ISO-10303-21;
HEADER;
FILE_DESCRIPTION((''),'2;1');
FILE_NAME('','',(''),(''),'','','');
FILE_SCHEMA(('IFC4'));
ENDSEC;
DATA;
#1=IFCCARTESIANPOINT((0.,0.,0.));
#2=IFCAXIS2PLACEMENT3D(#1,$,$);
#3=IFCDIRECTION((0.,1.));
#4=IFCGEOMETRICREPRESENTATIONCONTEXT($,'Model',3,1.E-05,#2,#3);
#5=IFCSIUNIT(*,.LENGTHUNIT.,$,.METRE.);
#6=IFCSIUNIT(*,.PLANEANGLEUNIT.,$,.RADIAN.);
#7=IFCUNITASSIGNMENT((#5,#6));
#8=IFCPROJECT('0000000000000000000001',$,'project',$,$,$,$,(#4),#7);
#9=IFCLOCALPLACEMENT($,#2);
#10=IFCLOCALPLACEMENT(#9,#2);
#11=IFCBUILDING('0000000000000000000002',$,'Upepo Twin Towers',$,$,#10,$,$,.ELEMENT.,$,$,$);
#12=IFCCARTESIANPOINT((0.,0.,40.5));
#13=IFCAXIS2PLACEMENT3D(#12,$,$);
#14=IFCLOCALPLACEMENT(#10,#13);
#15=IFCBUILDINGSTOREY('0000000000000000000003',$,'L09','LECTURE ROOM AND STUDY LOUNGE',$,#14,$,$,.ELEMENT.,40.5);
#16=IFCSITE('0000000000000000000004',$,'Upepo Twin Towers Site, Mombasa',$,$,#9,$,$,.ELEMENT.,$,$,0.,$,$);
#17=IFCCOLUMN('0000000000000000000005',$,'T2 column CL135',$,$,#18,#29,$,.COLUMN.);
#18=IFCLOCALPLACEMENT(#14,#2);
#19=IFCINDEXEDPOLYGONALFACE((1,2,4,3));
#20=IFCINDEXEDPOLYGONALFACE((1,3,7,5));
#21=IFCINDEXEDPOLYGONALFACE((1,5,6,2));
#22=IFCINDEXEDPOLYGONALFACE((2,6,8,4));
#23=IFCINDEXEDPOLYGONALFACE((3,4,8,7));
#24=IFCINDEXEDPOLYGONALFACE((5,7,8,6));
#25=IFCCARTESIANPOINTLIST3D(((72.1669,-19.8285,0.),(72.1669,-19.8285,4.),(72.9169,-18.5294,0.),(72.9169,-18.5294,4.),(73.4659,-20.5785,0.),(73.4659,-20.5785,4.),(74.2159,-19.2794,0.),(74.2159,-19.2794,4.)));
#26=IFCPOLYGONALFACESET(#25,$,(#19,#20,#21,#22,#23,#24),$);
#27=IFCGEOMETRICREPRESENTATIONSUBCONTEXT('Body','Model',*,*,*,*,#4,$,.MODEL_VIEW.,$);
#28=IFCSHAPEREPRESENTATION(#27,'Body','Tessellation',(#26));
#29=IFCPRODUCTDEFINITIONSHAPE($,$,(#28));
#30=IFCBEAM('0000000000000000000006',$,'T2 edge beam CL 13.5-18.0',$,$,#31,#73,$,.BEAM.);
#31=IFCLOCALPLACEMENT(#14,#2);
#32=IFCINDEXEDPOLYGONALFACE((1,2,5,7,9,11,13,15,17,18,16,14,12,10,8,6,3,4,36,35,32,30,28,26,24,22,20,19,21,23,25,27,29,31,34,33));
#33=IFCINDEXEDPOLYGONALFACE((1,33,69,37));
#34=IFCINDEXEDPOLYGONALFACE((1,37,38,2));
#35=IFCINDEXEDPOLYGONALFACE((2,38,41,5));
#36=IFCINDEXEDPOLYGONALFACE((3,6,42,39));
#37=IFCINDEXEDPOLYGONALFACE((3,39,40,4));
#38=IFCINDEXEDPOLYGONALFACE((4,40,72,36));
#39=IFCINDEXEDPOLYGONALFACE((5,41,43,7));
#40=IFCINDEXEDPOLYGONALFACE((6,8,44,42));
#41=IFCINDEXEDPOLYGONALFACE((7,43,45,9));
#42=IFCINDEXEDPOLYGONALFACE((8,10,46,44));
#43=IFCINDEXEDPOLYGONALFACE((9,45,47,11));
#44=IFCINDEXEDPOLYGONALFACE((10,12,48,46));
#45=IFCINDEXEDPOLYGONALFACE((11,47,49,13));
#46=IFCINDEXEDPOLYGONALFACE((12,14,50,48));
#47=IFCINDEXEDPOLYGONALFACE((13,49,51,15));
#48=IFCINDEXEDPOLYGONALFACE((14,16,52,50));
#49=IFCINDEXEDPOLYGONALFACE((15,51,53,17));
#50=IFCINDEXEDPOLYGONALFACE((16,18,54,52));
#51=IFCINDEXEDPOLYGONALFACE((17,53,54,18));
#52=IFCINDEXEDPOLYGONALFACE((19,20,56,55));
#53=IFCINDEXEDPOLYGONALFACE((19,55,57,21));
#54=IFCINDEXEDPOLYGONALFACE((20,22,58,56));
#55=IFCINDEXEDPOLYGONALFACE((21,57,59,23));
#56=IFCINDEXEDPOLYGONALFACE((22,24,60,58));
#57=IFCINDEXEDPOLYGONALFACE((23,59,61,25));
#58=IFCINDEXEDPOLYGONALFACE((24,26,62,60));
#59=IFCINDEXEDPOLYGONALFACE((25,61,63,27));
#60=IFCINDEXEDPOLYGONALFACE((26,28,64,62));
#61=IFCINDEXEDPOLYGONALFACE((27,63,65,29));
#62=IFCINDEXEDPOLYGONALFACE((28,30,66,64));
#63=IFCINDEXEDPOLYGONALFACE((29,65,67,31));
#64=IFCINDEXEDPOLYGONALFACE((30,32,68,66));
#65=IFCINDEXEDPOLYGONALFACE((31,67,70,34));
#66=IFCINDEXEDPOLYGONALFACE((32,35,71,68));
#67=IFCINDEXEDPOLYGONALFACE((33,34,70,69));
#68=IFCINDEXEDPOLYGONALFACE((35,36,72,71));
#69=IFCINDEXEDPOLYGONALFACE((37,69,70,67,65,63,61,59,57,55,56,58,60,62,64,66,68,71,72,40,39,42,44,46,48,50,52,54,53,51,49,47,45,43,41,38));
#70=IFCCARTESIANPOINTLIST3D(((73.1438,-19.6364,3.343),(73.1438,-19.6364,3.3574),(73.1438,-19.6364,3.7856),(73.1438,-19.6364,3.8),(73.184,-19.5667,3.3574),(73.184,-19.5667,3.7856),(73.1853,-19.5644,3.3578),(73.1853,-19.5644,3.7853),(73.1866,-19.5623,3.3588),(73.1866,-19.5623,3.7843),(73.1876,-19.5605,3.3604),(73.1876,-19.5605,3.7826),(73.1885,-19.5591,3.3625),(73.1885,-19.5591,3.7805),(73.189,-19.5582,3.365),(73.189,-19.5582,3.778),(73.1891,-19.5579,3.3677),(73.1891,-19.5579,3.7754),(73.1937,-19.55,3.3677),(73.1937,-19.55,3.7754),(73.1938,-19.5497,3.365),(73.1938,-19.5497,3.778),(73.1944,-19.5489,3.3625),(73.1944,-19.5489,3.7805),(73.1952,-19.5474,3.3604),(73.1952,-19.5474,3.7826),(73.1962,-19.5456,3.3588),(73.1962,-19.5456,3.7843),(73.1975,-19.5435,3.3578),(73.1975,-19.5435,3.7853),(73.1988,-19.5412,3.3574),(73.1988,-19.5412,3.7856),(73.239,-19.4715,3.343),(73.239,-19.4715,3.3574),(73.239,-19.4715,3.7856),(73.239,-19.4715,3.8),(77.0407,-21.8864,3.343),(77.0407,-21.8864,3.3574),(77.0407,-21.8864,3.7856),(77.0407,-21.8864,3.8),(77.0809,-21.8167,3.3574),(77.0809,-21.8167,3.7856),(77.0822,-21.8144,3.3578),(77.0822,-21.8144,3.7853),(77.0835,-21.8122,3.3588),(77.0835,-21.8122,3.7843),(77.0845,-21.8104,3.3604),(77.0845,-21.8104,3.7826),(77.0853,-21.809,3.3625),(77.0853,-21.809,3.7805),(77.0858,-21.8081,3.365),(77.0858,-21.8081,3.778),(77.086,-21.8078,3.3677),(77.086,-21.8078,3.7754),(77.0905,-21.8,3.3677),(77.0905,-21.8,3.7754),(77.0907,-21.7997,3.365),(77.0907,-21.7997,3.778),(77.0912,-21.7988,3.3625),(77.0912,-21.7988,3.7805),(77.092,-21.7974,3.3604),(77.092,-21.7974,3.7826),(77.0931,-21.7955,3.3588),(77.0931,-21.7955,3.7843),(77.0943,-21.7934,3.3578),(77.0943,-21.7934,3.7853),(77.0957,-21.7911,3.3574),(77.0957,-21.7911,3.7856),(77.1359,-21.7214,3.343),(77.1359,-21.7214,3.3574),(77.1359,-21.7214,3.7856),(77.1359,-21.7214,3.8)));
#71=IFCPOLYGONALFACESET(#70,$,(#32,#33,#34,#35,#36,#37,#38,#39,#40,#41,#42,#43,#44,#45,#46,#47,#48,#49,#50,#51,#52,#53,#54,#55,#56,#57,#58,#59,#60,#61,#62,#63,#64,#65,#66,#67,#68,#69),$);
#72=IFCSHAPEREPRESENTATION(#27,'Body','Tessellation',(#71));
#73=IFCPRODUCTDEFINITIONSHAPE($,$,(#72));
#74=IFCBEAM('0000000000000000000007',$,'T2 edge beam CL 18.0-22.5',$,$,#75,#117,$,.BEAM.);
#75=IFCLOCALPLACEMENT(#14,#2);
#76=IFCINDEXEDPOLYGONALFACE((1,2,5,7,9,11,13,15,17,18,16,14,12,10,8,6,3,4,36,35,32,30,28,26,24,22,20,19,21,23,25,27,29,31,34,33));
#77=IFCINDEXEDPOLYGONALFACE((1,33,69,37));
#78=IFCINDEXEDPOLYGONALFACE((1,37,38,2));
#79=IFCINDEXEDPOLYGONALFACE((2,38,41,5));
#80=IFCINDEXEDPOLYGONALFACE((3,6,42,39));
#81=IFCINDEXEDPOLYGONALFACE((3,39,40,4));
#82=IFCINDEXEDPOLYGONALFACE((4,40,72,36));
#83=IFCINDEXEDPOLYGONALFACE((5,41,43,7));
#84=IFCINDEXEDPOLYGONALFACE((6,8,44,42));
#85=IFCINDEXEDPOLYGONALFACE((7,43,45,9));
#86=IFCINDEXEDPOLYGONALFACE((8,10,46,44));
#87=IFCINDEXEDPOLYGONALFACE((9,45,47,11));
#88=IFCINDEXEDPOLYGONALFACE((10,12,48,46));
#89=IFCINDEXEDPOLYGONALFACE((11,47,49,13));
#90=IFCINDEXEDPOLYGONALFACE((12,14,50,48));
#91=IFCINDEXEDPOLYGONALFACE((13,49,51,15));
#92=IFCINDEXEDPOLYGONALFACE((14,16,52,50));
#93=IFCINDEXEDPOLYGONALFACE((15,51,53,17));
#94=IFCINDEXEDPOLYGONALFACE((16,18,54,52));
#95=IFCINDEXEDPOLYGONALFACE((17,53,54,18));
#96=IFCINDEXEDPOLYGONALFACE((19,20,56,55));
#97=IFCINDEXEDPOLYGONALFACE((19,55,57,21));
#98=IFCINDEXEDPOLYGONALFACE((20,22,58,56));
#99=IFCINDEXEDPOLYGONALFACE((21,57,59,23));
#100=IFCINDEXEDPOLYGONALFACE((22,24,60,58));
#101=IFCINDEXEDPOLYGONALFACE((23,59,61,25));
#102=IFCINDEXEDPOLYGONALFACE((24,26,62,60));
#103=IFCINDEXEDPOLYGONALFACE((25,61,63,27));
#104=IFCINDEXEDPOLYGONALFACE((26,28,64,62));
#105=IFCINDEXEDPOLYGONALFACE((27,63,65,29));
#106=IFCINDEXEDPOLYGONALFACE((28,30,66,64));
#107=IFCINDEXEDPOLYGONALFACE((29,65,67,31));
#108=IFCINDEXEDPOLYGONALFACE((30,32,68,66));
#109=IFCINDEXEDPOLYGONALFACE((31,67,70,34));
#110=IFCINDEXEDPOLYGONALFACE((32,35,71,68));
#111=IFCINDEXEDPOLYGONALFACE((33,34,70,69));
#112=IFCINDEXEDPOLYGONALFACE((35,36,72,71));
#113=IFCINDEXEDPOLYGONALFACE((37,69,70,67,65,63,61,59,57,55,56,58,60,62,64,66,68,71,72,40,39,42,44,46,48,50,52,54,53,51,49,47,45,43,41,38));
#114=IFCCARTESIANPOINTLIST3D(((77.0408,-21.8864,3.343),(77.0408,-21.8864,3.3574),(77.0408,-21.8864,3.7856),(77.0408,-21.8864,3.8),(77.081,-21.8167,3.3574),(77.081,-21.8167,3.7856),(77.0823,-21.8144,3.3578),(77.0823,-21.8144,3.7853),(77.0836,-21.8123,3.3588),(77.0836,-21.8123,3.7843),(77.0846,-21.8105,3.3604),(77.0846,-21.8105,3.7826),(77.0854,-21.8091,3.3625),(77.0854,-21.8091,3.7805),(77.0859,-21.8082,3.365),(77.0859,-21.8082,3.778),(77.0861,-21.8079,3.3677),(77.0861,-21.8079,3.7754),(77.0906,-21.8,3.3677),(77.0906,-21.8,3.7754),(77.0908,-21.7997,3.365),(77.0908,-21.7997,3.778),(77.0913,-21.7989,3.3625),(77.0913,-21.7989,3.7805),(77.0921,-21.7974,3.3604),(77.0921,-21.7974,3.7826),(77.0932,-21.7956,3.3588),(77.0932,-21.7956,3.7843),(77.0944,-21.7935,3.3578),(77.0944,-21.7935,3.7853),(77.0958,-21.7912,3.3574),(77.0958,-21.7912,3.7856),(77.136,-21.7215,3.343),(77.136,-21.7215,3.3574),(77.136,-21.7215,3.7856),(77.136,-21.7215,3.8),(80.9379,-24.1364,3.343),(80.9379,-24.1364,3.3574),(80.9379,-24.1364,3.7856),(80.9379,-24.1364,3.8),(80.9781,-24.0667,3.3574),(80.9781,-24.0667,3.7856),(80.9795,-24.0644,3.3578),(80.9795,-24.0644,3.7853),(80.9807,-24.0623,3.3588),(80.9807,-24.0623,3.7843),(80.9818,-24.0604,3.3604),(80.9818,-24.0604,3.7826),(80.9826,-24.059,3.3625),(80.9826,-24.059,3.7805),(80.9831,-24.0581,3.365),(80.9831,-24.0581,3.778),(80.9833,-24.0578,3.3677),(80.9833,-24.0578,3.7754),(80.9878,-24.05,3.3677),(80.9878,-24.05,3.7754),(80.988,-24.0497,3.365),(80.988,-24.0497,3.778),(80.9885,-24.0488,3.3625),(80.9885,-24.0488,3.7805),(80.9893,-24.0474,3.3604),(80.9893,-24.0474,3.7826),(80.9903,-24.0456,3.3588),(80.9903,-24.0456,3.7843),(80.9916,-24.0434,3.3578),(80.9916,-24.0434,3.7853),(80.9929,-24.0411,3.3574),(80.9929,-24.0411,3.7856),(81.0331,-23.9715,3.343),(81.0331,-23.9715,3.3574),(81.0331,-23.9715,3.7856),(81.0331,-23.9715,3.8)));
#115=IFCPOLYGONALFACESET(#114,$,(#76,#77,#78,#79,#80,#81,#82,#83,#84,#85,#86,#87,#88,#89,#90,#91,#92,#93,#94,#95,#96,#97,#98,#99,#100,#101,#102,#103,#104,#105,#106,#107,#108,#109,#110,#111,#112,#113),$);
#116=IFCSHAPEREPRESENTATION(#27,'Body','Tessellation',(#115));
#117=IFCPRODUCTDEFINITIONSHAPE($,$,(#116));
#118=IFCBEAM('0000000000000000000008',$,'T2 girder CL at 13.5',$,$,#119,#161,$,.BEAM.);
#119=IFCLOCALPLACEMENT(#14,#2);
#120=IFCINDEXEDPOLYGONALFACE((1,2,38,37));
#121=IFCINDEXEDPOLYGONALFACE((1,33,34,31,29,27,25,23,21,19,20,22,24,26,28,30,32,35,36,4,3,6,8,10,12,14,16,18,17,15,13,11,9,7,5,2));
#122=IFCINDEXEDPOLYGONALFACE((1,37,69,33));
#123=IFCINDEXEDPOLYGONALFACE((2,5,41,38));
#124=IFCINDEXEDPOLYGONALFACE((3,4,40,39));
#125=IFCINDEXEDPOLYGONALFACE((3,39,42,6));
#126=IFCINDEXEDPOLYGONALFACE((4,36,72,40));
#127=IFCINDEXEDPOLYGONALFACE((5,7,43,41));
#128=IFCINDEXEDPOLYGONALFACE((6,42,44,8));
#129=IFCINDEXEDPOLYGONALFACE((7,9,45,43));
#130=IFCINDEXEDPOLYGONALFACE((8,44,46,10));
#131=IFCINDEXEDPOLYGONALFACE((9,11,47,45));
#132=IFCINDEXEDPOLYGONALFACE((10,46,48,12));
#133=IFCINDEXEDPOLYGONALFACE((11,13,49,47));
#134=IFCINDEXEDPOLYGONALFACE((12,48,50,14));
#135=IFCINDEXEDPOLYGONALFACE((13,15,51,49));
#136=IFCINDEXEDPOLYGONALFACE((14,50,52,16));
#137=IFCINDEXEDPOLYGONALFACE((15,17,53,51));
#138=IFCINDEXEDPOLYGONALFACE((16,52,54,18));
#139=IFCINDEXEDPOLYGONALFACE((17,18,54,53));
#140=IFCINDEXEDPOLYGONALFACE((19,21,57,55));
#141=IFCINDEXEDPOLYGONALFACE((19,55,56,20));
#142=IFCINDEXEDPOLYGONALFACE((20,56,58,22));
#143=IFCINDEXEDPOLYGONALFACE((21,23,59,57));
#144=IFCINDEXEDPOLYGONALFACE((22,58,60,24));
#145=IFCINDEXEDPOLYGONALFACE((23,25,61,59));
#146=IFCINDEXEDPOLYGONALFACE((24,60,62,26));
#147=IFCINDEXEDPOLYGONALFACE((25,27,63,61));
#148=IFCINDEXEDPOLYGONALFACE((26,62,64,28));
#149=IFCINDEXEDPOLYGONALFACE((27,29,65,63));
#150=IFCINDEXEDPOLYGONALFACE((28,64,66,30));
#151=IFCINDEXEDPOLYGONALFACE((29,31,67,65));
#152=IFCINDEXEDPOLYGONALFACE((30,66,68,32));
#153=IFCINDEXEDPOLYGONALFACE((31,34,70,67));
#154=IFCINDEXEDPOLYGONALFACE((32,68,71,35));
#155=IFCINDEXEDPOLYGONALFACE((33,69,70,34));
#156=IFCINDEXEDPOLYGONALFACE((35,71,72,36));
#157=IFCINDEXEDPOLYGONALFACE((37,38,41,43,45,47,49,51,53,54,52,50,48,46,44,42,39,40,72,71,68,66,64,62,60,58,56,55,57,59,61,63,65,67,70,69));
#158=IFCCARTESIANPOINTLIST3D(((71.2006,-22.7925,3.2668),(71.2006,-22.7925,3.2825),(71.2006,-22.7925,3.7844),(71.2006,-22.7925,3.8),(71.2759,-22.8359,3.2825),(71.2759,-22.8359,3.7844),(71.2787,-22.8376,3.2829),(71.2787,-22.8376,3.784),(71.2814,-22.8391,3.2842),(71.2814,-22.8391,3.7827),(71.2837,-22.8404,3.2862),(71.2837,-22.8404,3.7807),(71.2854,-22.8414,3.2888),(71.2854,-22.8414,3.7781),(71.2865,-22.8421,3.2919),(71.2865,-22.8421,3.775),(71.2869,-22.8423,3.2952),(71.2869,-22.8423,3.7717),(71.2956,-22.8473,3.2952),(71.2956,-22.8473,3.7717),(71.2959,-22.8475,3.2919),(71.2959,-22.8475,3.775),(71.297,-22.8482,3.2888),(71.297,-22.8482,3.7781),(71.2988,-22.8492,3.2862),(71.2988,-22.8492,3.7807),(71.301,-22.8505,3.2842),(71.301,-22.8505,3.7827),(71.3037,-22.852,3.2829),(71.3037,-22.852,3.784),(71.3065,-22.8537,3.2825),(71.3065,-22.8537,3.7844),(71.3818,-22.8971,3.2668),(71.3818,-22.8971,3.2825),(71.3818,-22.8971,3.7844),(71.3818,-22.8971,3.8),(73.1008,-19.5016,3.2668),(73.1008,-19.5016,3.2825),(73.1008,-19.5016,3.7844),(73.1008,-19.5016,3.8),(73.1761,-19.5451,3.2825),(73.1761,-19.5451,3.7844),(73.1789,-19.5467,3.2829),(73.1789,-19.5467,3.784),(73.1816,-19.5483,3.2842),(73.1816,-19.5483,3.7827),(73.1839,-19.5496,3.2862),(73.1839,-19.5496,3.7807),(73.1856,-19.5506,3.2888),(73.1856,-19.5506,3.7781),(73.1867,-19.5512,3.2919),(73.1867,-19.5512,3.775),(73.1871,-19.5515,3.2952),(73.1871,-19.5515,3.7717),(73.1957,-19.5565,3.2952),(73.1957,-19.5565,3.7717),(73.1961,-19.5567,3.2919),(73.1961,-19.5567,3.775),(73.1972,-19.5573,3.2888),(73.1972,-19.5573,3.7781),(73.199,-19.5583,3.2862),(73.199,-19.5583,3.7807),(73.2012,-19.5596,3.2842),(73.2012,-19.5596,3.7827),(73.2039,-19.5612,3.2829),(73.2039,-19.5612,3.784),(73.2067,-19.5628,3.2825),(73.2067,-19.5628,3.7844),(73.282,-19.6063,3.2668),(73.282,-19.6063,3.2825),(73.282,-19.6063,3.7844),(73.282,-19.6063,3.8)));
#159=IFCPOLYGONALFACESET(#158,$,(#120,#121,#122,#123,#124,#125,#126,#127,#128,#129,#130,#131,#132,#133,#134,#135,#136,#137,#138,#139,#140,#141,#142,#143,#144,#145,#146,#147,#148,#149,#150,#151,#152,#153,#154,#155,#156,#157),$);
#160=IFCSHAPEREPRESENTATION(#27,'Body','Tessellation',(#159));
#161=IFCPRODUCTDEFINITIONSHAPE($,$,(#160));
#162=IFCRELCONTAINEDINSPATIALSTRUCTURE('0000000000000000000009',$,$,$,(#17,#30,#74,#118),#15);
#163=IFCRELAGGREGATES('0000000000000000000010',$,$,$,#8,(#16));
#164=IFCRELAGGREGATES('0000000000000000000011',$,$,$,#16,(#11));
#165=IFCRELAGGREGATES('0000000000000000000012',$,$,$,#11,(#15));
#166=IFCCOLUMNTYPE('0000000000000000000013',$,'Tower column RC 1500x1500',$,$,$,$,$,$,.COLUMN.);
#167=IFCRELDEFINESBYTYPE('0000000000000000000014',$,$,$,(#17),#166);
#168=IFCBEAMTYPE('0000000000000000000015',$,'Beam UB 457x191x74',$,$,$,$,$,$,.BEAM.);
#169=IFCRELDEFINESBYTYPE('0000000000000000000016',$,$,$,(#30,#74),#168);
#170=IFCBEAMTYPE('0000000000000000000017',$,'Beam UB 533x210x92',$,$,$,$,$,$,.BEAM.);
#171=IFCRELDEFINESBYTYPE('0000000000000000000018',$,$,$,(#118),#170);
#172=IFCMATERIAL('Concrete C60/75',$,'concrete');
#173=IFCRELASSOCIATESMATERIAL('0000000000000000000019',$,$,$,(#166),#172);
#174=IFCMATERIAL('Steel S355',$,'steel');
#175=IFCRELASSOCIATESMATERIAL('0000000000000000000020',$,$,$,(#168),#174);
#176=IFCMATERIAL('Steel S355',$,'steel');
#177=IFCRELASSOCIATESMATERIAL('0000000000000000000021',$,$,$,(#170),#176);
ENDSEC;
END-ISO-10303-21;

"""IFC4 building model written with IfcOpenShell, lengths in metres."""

from ifc_helpers import new_model, si_unit, direction, frame, origin, origin_2d, place, context, subcontext, project, spatial, rectangle, i_section, extrude, material, material_profile, profile_set, type_object, element, save


model = new_model("IFC4")

# Units and contexts
model_context = context("Model", 3, precision=1e-05, world=origin(), true_north=direction((0.0, 1.0)))
body_context = subcontext(model_context, "Body", "Model", "MODEL_VIEW")
ifc_project = project(units=[si_unit("LENGTHUNIT", "METRE"), si_unit("PLANEANGLEUNIT", "RADIAN")], contexts=[model_context])

# Site, building, storey
site_placement = place(None, origin())
site = spatial("IfcSite", under=ifc_project, at=site_placement, Name="Upepo Twin Towers Site, Mombasa", CompositionType="ELEMENT", RefElevation=0.0)
building_placement = place(site_placement, origin())
building = spatial("IfcBuilding", under=site, at=building_placement, Name="Upepo Twin Towers", CompositionType="ELEMENT")
storey_placement = place(building_placement, frame((0.0, 0.0, 40.5)))
storey = spatial("IfcBuildingStorey", under=building, at=storey_placement, Name="L09", Description="LECTURE ROOM AND STUDY LOUNGE", CompositionType="ELEMENT", Elevation=40.5)

# Column
ifc_material_1 = material(Name="Concrete C60/75", Category="concrete")
ifc_material_profile_1 = material_profile(ifc_material_1, rectangle(XDim=1.5, YDim=1.5, at=origin_2d()), Name="RC 1500x1500")
ifc_profile_set_1 = profile_set([ifc_material_profile_1], Name="Concrete C60/75")
column_type = type_object("IfcColumnType", Name="Tower column RC 1500x1500", PredefinedType="COLUMN", material=ifc_profile_set_1)
column_placement = place(storey_placement, frame((73.1914, -19.554, 0.0), z_axis=(0.0, 0.0, 1.0), x_axis=(0.5, 0.866025, 0.0)))
element("IfcColumn", 1, at=column_placement, inside=storey, type_object=column_type, Name="T2 column CL135", PredefinedType="COLUMN", context=body_context, shape_type="SweptSolid", body=[
    extrude(rectangle(XDim=1.5, YDim=1.5, at=origin_2d()), origin(), (0.0, 0.0, 1.0), 4.0),
])

# Beams
ifc_material_2 = material(Name="Steel S355", Category="steel")
ifc_material_profile_2 = material_profile(ifc_material_2, i_section(OverallWidth=0.1904, OverallDepth=0.457, WebThickness=0.009, FlangeThickness=0.0144, FilletRadius=0.0103, at=origin_2d()), Name="UB 457x191x74")
ifc_profile_set_2 = profile_set([ifc_material_profile_2], Name="Steel S355")
beam_type_1 = type_object("IfcBeamType", Name="Beam UB 457x191x74", PredefinedType="BEAM", material=ifc_profile_set_2)
beam_1_placement = place(storey_placement, frame((73.1914, -19.554, 3.5715), z_axis=(0.866018, -0.500014, 0.0), x_axis=(0.500014, 0.866018, 0.0)))
element("IfcBeam", 2, at=beam_1_placement, inside=storey, type_object=beam_type_1, Name="T2 edge beam CL 13.5-18.0", PredefinedType="BEAM", context=body_context, shape_type="SweptSolid", body=[
    extrude(i_section(OverallWidth=0.1904, OverallDepth=0.457, WebThickness=0.009, FlangeThickness=0.0144, FilletRadius=0.0103, at=origin_2d()), origin(), (0.0, 0.0, 1.0), 4.4998),
])
beam_2_placement = place(storey_placement, frame((77.0884, -21.804, 3.5715), z_axis=(0.866031, -0.49999, 0.0), x_axis=(0.49999, 0.866031, 0.0)))
element("IfcBeam", 3, at=beam_2_placement, inside=storey, type_object=beam_type_1, Name="T2 edge beam CL 18.0-22.5", PredefinedType="BEAM", context=body_context, shape_type="SweptSolid", body=[
    extrude(i_section(OverallWidth=0.1904, OverallDepth=0.457, WebThickness=0.009, FlangeThickness=0.0144, FilletRadius=0.0103, at=origin_2d()), origin(), (0.0, 0.0, 1.0), 4.5),
])
ifc_material_3 = material(Name="Steel S355", Category="steel")
ifc_material_profile_3 = material_profile(ifc_material_3, i_section(OverallWidth=0.2092, OverallDepth=0.5332, WebThickness=0.01, FlangeThickness=0.0156, FilletRadius=0.0127, at=origin_2d()), Name="UB 533x210x92")
ifc_profile_set_3 = profile_set([ifc_material_profile_3], Name="Steel S355")
beam_type_2 = type_object("IfcBeamType", Name="Beam UB 533x210x92", PredefinedType="BEAM", material=ifc_profile_set_3)
beam_3_placement = place(storey_placement, frame((73.1914, -19.554, 3.5334), z_axis=(-0.500043, -0.866, 0.0), x_axis=(0.866, -0.500043, 0.0)))
element("IfcBeam", 4, at=beam_3_placement, inside=storey, type_object=beam_type_2, Name="T2 girder CL at 13.5", PredefinedType="BEAM", context=body_context, shape_type="SweptSolid", body=[
    extrude(i_section(OverallWidth=0.2092, OverallDepth=0.5332, WebThickness=0.01, FlangeThickness=0.0156, FilletRadius=0.0127, at=origin_2d()), origin(), (0.0, 0.0, 1.0), 3.8),
])

save(model, "model.ifc")
